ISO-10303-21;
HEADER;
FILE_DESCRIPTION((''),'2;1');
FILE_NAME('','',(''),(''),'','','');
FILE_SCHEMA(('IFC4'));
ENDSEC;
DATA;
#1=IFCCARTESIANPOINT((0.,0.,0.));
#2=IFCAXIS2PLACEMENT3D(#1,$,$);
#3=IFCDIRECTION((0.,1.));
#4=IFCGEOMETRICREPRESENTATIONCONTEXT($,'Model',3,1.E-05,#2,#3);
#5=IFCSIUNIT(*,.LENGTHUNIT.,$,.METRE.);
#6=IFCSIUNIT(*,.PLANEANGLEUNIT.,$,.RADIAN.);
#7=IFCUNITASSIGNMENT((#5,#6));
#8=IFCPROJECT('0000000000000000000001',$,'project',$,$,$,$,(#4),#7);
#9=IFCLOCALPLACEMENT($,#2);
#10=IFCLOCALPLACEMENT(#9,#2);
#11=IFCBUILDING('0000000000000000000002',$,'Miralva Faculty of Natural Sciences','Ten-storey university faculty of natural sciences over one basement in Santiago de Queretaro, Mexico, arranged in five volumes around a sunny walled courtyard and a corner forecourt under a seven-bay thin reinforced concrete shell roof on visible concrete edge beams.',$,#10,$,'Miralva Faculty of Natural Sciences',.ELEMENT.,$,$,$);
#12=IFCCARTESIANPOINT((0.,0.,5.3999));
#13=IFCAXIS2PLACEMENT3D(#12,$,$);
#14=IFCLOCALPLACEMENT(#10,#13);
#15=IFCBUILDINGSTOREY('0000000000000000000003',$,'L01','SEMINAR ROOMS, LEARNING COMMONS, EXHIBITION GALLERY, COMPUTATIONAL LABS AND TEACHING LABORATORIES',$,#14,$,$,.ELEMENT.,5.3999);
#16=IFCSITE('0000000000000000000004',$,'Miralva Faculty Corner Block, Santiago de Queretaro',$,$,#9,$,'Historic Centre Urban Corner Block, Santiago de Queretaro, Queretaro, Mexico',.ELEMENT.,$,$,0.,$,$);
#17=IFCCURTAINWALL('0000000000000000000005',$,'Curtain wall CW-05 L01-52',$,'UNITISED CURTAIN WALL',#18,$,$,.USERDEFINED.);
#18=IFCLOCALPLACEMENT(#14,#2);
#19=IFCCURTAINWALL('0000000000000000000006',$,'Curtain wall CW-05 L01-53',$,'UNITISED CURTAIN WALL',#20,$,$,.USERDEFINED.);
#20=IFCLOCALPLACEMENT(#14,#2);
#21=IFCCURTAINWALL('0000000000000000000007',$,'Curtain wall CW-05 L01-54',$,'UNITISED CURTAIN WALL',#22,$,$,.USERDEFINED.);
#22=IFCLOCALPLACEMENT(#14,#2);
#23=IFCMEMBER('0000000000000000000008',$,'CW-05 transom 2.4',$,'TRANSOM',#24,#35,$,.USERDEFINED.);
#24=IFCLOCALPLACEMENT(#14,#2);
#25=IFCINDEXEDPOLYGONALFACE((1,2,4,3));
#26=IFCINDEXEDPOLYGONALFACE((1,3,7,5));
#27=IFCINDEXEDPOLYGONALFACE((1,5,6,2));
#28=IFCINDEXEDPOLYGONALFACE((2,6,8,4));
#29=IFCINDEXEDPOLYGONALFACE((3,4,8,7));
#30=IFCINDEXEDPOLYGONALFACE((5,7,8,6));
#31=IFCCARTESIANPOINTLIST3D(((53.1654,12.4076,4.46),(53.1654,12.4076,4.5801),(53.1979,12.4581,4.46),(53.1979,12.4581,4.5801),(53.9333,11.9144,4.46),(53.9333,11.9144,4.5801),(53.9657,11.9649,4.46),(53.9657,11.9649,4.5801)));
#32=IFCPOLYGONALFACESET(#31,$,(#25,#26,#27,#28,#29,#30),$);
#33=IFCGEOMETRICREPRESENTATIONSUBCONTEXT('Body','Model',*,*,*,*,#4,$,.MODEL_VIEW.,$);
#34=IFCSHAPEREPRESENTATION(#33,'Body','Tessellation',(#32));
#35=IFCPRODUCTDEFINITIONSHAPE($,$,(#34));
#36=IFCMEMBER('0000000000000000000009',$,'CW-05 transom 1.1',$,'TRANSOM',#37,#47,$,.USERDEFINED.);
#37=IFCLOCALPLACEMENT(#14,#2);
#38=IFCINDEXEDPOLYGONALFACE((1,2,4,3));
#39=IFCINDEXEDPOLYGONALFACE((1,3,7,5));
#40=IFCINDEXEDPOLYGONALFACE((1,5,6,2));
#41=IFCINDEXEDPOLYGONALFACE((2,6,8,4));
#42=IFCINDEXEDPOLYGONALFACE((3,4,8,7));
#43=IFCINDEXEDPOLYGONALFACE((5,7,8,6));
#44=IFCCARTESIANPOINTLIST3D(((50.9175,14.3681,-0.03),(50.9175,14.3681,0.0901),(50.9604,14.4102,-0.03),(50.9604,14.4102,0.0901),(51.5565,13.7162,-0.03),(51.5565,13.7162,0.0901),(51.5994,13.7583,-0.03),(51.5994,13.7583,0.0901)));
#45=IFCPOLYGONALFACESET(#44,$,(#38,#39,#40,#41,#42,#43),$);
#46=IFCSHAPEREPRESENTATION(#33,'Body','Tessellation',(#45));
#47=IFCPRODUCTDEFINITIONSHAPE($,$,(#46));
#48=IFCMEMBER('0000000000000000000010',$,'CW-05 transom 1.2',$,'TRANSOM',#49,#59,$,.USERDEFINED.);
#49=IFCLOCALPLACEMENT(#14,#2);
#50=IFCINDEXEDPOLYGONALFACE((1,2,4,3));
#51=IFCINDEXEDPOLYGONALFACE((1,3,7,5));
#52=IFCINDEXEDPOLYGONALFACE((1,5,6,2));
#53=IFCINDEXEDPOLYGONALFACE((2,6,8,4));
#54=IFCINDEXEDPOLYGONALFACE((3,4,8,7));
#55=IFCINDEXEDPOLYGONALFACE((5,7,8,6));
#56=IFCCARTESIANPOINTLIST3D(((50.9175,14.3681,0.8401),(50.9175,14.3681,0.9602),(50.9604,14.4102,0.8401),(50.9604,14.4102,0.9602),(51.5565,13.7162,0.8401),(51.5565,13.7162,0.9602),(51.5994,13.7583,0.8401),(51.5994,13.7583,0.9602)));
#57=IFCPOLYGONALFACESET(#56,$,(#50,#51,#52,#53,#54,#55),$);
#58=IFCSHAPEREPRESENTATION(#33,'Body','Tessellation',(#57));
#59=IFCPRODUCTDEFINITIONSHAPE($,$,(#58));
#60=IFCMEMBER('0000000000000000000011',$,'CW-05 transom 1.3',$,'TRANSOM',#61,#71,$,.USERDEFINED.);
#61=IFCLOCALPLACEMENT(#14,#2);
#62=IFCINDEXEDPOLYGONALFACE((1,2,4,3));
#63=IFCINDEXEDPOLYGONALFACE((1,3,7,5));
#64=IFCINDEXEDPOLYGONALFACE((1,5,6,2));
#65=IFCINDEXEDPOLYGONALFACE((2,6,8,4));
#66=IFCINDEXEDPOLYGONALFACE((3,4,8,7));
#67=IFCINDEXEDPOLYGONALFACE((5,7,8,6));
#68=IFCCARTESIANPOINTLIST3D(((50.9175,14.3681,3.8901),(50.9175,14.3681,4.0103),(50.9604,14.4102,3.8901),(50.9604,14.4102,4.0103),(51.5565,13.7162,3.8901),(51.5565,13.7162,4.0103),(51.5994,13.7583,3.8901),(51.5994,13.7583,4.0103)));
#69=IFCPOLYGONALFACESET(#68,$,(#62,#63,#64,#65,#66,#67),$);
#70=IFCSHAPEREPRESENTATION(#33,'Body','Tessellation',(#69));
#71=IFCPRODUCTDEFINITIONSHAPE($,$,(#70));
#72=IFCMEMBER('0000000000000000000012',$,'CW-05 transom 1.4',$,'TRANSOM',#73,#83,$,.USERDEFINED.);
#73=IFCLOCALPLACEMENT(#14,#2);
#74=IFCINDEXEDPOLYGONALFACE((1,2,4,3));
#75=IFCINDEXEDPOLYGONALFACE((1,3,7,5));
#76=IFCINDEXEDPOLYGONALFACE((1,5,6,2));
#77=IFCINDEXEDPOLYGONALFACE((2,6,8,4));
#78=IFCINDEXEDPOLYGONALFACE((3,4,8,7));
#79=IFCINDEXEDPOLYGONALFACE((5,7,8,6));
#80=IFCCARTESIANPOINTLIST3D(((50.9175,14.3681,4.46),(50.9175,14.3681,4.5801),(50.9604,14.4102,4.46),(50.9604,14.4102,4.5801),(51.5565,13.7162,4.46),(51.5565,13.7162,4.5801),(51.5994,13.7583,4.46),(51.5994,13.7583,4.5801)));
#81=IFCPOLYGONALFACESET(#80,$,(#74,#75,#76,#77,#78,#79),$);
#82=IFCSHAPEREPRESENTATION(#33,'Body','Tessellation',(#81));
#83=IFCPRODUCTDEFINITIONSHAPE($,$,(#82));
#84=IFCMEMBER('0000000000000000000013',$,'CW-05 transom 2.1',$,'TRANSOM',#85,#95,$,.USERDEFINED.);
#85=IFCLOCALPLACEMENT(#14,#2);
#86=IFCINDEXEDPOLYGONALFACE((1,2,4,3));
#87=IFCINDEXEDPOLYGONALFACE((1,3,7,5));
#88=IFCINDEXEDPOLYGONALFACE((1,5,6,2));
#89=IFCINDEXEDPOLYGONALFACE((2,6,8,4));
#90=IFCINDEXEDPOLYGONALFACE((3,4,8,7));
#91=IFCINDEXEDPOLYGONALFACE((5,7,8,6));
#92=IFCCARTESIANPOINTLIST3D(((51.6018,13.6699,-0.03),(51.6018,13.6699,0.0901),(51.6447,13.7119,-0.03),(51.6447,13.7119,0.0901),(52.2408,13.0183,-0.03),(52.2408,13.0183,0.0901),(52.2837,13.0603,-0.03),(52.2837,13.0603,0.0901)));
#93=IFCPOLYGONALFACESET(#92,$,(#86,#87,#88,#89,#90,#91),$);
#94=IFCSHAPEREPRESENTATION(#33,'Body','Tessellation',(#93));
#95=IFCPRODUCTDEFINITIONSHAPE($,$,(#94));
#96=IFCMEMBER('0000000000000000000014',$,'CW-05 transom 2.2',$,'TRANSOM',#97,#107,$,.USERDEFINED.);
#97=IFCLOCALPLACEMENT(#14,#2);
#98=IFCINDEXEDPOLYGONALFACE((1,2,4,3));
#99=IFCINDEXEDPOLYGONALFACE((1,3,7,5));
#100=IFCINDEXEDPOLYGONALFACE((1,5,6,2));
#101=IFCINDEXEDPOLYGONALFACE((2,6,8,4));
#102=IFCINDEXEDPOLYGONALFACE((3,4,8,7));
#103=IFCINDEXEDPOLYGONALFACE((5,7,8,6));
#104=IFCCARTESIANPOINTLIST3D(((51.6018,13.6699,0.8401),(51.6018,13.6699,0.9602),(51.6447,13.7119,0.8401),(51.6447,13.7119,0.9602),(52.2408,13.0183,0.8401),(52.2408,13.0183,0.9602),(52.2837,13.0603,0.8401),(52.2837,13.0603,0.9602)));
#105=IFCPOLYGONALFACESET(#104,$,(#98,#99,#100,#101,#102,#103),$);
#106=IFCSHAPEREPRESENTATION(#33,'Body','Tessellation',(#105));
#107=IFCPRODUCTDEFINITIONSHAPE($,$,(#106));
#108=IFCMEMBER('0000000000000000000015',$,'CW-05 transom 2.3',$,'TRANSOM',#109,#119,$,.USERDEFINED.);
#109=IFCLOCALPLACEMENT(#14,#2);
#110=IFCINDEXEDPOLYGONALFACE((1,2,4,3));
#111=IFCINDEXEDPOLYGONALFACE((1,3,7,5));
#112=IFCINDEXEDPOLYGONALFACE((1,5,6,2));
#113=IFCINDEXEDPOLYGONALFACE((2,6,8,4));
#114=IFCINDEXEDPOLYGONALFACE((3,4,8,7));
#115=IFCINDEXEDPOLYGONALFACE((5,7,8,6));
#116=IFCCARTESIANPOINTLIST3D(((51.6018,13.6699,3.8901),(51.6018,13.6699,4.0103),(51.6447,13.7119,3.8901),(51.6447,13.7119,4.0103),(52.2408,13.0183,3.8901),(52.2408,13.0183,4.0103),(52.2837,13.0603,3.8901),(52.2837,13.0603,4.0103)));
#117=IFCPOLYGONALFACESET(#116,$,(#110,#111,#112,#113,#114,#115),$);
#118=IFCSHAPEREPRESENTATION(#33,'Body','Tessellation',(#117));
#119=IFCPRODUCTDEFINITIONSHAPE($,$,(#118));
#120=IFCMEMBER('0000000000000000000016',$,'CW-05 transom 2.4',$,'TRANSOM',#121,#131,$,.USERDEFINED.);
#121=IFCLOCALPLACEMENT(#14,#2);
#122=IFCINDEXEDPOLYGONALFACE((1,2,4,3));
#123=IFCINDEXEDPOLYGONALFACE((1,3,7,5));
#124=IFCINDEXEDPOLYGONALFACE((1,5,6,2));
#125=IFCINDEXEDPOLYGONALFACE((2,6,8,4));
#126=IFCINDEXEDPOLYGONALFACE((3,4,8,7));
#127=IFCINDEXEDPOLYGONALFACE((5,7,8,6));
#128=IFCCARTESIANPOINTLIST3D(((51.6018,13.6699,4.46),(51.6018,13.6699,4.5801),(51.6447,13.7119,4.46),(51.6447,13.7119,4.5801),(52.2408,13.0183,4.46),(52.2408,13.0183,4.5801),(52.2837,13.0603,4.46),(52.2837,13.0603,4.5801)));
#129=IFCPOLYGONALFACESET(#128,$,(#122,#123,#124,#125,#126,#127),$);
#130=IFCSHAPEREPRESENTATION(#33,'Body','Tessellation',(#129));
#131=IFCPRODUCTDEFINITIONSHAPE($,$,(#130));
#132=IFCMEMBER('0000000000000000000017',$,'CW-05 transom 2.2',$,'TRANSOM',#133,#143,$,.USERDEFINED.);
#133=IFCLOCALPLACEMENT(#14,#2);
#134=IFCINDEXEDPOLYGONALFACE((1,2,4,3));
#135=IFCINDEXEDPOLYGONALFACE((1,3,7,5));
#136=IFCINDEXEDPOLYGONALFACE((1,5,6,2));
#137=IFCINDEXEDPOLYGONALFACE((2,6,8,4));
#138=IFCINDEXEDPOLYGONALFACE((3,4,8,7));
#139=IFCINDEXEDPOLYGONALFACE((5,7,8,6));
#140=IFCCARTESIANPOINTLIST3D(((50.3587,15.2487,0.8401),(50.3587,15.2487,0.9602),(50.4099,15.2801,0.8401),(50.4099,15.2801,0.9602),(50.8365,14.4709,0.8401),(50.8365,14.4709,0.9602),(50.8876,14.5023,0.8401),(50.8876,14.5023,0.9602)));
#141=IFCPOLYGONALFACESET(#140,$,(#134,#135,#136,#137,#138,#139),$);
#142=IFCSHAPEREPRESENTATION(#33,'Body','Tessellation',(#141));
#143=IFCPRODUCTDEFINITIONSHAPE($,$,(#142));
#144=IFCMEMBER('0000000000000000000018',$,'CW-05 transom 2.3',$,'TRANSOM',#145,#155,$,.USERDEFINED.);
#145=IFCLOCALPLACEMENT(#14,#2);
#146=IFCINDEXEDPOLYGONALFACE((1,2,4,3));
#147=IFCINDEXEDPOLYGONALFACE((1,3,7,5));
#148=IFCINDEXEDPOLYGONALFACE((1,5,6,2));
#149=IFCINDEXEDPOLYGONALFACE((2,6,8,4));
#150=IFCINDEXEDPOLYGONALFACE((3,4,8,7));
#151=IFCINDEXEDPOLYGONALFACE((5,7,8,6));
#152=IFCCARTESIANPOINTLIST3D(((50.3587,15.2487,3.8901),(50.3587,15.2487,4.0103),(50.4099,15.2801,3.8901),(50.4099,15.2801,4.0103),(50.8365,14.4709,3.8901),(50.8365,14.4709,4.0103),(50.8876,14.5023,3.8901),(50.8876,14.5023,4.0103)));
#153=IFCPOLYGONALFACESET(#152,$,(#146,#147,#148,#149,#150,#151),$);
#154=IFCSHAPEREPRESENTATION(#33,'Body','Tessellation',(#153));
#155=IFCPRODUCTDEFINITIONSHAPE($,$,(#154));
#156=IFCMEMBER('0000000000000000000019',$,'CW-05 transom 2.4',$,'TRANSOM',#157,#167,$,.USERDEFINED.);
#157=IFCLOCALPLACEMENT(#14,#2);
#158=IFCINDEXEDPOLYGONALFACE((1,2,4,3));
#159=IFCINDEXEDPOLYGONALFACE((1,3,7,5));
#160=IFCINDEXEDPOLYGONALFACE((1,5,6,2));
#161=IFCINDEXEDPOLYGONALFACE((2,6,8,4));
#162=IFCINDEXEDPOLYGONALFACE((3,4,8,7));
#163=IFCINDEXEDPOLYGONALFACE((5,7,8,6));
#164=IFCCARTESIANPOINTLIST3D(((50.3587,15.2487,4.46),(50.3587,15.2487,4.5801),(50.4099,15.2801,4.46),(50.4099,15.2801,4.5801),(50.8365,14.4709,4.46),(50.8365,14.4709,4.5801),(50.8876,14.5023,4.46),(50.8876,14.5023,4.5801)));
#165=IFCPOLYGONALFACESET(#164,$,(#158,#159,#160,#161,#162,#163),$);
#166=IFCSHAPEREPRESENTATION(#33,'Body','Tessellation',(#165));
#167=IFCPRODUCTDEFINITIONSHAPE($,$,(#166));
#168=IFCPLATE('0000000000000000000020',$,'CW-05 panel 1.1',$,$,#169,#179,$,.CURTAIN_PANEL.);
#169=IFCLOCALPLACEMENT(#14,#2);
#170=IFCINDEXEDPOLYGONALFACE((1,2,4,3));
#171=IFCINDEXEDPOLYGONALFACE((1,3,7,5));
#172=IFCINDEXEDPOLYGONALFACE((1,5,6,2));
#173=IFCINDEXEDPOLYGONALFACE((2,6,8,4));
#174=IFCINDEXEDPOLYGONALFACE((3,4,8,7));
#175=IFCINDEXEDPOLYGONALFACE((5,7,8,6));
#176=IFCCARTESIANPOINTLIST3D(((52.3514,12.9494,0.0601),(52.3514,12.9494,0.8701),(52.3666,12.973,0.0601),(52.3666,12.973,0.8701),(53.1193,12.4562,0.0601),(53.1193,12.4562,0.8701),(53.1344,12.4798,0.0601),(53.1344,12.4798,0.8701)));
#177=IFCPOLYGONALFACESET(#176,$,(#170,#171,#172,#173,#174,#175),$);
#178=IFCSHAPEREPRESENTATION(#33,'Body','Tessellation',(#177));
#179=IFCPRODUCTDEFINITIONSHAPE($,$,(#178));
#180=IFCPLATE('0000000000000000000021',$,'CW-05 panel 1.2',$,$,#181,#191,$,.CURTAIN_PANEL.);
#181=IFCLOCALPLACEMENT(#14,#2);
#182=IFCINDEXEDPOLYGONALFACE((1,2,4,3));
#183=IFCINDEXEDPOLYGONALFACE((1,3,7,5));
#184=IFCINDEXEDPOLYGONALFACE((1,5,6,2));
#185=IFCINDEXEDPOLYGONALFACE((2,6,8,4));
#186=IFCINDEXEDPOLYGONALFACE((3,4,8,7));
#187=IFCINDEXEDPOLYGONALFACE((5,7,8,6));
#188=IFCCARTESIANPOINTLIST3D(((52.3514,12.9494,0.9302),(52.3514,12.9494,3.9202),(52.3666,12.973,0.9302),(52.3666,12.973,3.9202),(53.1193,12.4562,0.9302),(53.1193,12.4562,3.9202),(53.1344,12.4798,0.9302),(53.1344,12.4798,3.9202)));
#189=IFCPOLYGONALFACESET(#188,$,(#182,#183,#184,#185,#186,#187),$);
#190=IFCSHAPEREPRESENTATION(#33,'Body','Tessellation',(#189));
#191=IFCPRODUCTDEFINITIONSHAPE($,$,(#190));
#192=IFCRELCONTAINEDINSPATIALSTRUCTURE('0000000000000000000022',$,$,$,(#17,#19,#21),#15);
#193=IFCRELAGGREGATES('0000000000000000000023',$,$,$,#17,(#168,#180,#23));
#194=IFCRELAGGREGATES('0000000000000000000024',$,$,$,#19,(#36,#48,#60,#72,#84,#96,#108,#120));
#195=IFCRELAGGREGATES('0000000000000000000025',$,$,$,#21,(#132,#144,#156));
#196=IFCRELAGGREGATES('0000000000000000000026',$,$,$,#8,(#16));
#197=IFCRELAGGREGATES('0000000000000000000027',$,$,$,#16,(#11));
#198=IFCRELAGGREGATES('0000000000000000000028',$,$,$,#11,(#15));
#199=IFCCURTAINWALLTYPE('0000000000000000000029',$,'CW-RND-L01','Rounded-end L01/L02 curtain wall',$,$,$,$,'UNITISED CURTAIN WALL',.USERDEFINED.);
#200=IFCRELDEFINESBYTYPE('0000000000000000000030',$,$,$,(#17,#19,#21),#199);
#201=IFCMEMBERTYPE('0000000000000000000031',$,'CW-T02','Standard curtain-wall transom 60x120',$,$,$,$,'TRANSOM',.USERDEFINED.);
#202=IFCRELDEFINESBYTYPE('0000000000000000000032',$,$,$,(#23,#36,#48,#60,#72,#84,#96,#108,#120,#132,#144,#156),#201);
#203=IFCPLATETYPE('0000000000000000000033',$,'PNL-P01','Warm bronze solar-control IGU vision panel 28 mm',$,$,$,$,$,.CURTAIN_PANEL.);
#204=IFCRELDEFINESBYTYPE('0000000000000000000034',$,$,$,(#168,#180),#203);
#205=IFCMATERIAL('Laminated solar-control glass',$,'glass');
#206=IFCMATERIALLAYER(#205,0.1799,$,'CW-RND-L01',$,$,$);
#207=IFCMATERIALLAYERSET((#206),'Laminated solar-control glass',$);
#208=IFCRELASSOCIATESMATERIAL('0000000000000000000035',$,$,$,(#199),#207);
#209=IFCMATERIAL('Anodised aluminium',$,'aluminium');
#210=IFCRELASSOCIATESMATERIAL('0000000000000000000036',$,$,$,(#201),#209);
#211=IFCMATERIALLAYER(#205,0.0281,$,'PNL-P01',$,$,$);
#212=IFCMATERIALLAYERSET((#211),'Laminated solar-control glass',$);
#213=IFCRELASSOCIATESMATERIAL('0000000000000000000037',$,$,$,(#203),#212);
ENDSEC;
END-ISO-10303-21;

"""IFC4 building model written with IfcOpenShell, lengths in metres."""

from ifc_helpers import new_model, si_unit, direction, frame, origin, origin_2d, place, context, subcontext, project, spatial, rectangle, extrude, material, layer, layer_set, material_profile, profile_set, type_object, element, aggregate, save


model = new_model("IFC4")

# Units and contexts
model_context = context("Model", 3, precision=1e-05, world=origin(), true_north=direction((0.0, 1.0)))
body_context = subcontext(model_context, "Body", "Model", "MODEL_VIEW")
ifc_project = project(units=[si_unit("LENGTHUNIT", "METRE"), si_unit("PLANEANGLEUNIT", "RADIAN")], contexts=[model_context])

# Site, building, storey
site_placement = place(None, origin())
site = spatial("IfcSite", under=ifc_project, at=site_placement, Name="Miralva Faculty Corner Block, Santiago de Queretaro", LongName="Historic Centre Urban Corner Block, Santiago de Queretaro, Queretaro, Mexico", CompositionType="ELEMENT", RefElevation=0.0)
building_placement = place(site_placement, origin())
building = spatial("IfcBuilding", under=site, at=building_placement, Name="Miralva Faculty of Natural Sciences", Description="Ten-storey university faculty of natural sciences over one basement in Santiago de Queretaro, Mexico, arranged in five volumes around a sunny walled courtyard and a corner forecourt under a seven-bay thin reinforced concrete shell roof on visible concrete edge beams.", LongName="Miralva Faculty of Natural Sciences", CompositionType="ELEMENT")
storey_placement = place(building_placement, frame((0.0, 0.0, 5.3999)))
storey = spatial("IfcBuildingStorey", under=building, at=storey_placement, Name="L01", Description="SEMINAR ROOMS, LEARNING COMMONS, EXHIBITION GALLERY, COMPUTATIONAL LABS AND TEACHING LABORATORIES", CompositionType="ELEMENT", Elevation=5.3999)

# Curtain walls
ifc_material_1 = material(Name="Laminated solar-control glass", Category="glass")
ifc_layer_1 = layer(ifc_material_1, 0.1799, Name="CW-RND-L01")
ifc_layer_set_1 = layer_set([ifc_layer_1], Name="Laminated solar-control glass")
curtain_wall_type_1 = type_object("IfcCurtainWallType", Name="CW-RND-L01", Description="Rounded-end L01/L02 curtain wall", ElementType="UNITISED CURTAIN WALL", PredefinedType="USERDEFINED", material=ifc_layer_set_1)
curtain_wall_1_placement = place(storey_placement, origin())
curtain_wall_1 = element("IfcCurtainWall", 1, at=curtain_wall_1_placement, inside=storey, type_object=curtain_wall_type_1, Name="Curtain wall CW-05 L01-52", ObjectType="UNITISED CURTAIN WALL", PredefinedType="USERDEFINED")
ifc_material_2 = material(Name="Anodised aluminium", Category="aluminium")
curtain_wall_2_placement = place(storey_placement, origin())
curtain_wall_2 = element("IfcCurtainWall", 2, at=curtain_wall_2_placement, inside=storey, type_object=curtain_wall_type_1, Name="Curtain wall CW-05 L01-53", ObjectType="UNITISED CURTAIN WALL", PredefinedType="USERDEFINED")

# Curtain wall
curtain_wall_3_placement = place(storey_placement, origin())
curtain_wall_3 = element("IfcCurtainWall", 3, at=curtain_wall_3_placement, inside=storey, type_object=curtain_wall_type_1, Name="Curtain wall CW-05 L01-54", ObjectType="UNITISED CURTAIN WALL", PredefinedType="USERDEFINED")

# Members
ifc_material_profile_1 = material_profile(ifc_material_2, rectangle(XDim=0.0601, YDim=0.1201, at=origin_2d()), Name="TRANSOM 60x120")
ifc_profile_set_1 = profile_set([ifc_material_profile_1], Name="Anodised aluminium")
member_type_1 = type_object("IfcMemberType", Name="CW-T02", Description="Standard curtain-wall transom 60x120", ElementType="TRANSOM", PredefinedType="USERDEFINED", material=ifc_profile_set_1)
member_1_placement = place(storey_placement, frame((53.1816, 12.4329, 4.52), z_axis=(0.841396, -0.54042, 0.0), x_axis=(0.54042, 0.841396, 0.0)))
member_1 = element("IfcMember", 4, at=member_1_placement, type_object=member_type_1, Name="CW-05 transom 2.4", ObjectType="TRANSOM", PredefinedType="USERDEFINED", context=body_context, shape_type="SweptSolid", body=[
    extrude(rectangle(XDim=0.0601, YDim=0.1201, at=origin_2d()), origin(), (0.0, 0.0, 1.0), 0.9126),
])
member_2_placement = place(storey_placement, frame((50.939, 14.3892, 0.03), z_axis=(0.699983, -0.714159, 0.0), x_axis=(0.714159, 0.699983, 0.0)))
member_2 = element("IfcMember", 5, at=member_2_placement, type_object=member_type_1, Name="CW-05 transom 1.1", ObjectType="TRANSOM", PredefinedType="USERDEFINED", context=body_context, shape_type="SweptSolid", body=[
    extrude(rectangle(XDim=0.0601, YDim=0.1201, at=origin_2d()), origin(), (0.0, 0.0, 1.0), 0.9128),
])
member_3_placement = place(storey_placement, frame((50.939, 14.3892, 0.9001), z_axis=(0.699983, -0.714159, 0.0), x_axis=(0.714159, 0.699983, 0.0)))
member_3 = element("IfcMember", 6, at=member_3_placement, type_object=member_type_1, Name="CW-05 transom 1.2", ObjectType="TRANSOM", PredefinedType="USERDEFINED", context=body_context, shape_type="SweptSolid", body=[
    extrude(rectangle(XDim=0.0601, YDim=0.1201, at=origin_2d()), origin(), (0.0, 0.0, 1.0), 0.9128),
])
member_4_placement = place(storey_placement, frame((50.939, 14.3892, 3.9502), z_axis=(0.699983, -0.714159, 0.0), x_axis=(0.714159, 0.699983, 0.0)))
member_4 = element("IfcMember", 7, at=member_4_placement, type_object=member_type_1, Name="CW-05 transom 1.3", ObjectType="TRANSOM", PredefinedType="USERDEFINED", context=body_context, shape_type="SweptSolid", body=[
    extrude(rectangle(XDim=0.0601, YDim=0.1201, at=origin_2d()), origin(), (0.0, 0.0, 1.0), 0.9128),
])
member_5_placement = place(storey_placement, frame((50.939, 14.3892, 4.52), z_axis=(0.699983, -0.714159, 0.0), x_axis=(0.714159, 0.699983, 0.0)))
member_5 = element("IfcMember", 8, at=member_5_placement, type_object=member_type_1, Name="CW-05 transom 1.4", ObjectType="TRANSOM", PredefinedType="USERDEFINED", context=body_context, shape_type="SweptSolid", body=[
    extrude(rectangle(XDim=0.0601, YDim=0.1201, at=origin_2d()), origin(), (0.0, 0.0, 1.0), 0.9128),
])
member_6_placement = place(storey_placement, frame((51.6233, 13.6909, 0.03), z_axis=(0.700117, -0.714028, 0.0), x_axis=(0.714028, 0.700117, 0.0)))
member_6 = element("IfcMember", 9, at=member_6_placement, type_object=member_type_1, Name="CW-05 transom 2.1", ObjectType="TRANSOM", PredefinedType="USERDEFINED", context=body_context, shape_type="SweptSolid", body=[
    extrude(rectangle(XDim=0.0601, YDim=0.1201, at=origin_2d()), origin(), (0.0, 0.0, 1.0), 0.9126),
])
member_7_placement = place(storey_placement, frame((51.6233, 13.6909, 0.9001), z_axis=(0.700117, -0.714028, 0.0), x_axis=(0.714028, 0.700117, 0.0)))
member_7 = element("IfcMember", 10, at=member_7_placement, type_object=member_type_1, Name="CW-05 transom 2.2", ObjectType="TRANSOM", PredefinedType="USERDEFINED", context=body_context, shape_type="SweptSolid", body=[
    extrude(rectangle(XDim=0.0601, YDim=0.1201, at=origin_2d()), origin(), (0.0, 0.0, 1.0), 0.9126),
])
member_8_placement = place(storey_placement, frame((51.6233, 13.6909, 3.9502), z_axis=(0.700117, -0.714028, 0.0), x_axis=(0.714028, 0.700117, 0.0)))
member_8 = element("IfcMember", 11, at=member_8_placement, type_object=member_type_1, Name="CW-05 transom 2.3", ObjectType="TRANSOM", PredefinedType="USERDEFINED", context=body_context, shape_type="SweptSolid", body=[
    extrude(rectangle(XDim=0.0601, YDim=0.1201, at=origin_2d()), origin(), (0.0, 0.0, 1.0), 0.9126),
])
member_9_placement = place(storey_placement, frame((51.6233, 13.6909, 4.52), z_axis=(0.700117, -0.714028, 0.0), x_axis=(0.714028, 0.700117, 0.0)))
member_9 = element("IfcMember", 12, at=member_9_placement, type_object=member_type_1, Name="CW-05 transom 2.4", ObjectType="TRANSOM", PredefinedType="USERDEFINED", context=body_context, shape_type="SweptSolid", body=[
    extrude(rectangle(XDim=0.0601, YDim=0.1201, at=origin_2d()), origin(), (0.0, 0.0, 1.0), 0.9126),
])
member_10_placement = place(storey_placement, frame((50.3843, 15.2644, 0.9001), z_axis=(0.523396, -0.85209, 0.0), x_axis=(0.85209, 0.523396, 0.0)))
member_10 = element("IfcMember", 13, at=member_10_placement, type_object=member_type_1, Name="CW-05 transom 2.2", ObjectType="TRANSOM", PredefinedType="USERDEFINED", context=body_context, shape_type="SweptSolid", body=[
    extrude(rectangle(XDim=0.0601, YDim=0.1201, at=origin_2d()), origin(), (0.0, 0.0, 1.0), 0.9128),
])
member_11_placement = place(storey_placement, frame((50.3843, 15.2644, 3.9502), z_axis=(0.523396, -0.85209, 0.0), x_axis=(0.85209, 0.523396, 0.0)))
member_11 = element("IfcMember", 14, at=member_11_placement, type_object=member_type_1, Name="CW-05 transom 2.3", ObjectType="TRANSOM", PredefinedType="USERDEFINED", context=body_context, shape_type="SweptSolid", body=[
    extrude(rectangle(XDim=0.0601, YDim=0.1201, at=origin_2d()), origin(), (0.0, 0.0, 1.0), 0.9128),
])
member_12_placement = place(storey_placement, frame((50.3843, 15.2644, 4.52), z_axis=(0.523396, -0.85209, 0.0), x_axis=(0.85209, 0.523396, 0.0)))
member_12 = element("IfcMember", 15, at=member_12_placement, type_object=member_type_1, Name="CW-05 transom 2.4", ObjectType="TRANSOM", PredefinedType="USERDEFINED", context=body_context, shape_type="SweptSolid", body=[
    extrude(rectangle(XDim=0.0601, YDim=0.1201, at=origin_2d()), origin(), (0.0, 0.0, 1.0), 0.9128),
])

# Plates
ifc_layer_2 = layer(ifc_material_1, 0.0281, Name="PNL-P01")
ifc_layer_set_2 = layer_set([ifc_layer_2], Name="Laminated solar-control glass")
plate_type = type_object("IfcPlateType", Name="PNL-P01", Description="Warm bronze solar-control IGU vision panel 28 mm", PredefinedType="CURTAIN_PANEL", material=ifc_layer_set_2)
plate_1_placement = place(storey_placement, frame((52.7429, 12.7146, 0.0601), z_axis=(0.0, 0.0, 1.0), x_axis=(0.841379, -0.540445, 0.0)))
plate_1 = element("IfcPlate", 16, at=plate_1_placement, type_object=plate_type, Name="CW-05 panel 1.1", PredefinedType="CURTAIN_PANEL", context=body_context, shape_type="SweptSolid", body=[
    extrude(rectangle(XDim=0.9126, YDim=0.0281, at=origin_2d()), origin(), (0.0, 0.0, 1.0), 0.8101),
])
plate_2_placement = place(storey_placement, frame((52.7429, 12.7146, 0.9302), z_axis=(0.0, 0.0, 1.0), x_axis=(0.841379, -0.540445, 0.0)))
plate_2 = element("IfcPlate", 17, at=plate_2_placement, type_object=plate_type, Name="CW-05 panel 1.2", PredefinedType="CURTAIN_PANEL", context=body_context, shape_type="SweptSolid", body=[
    extrude(rectangle(XDim=0.9126, YDim=0.0281, at=origin_2d()), origin(), (0.0, 0.0, 1.0), 2.99),
])
aggregate(curtain_wall_1, [plate_1, plate_2, member_1])
aggregate(curtain_wall_2, [member_2, member_3, member_4, member_5, member_6, member_7, member_8, member_9])
aggregate(curtain_wall_3, [member_10, member_11, member_12])

save(model, "model.ifc")
